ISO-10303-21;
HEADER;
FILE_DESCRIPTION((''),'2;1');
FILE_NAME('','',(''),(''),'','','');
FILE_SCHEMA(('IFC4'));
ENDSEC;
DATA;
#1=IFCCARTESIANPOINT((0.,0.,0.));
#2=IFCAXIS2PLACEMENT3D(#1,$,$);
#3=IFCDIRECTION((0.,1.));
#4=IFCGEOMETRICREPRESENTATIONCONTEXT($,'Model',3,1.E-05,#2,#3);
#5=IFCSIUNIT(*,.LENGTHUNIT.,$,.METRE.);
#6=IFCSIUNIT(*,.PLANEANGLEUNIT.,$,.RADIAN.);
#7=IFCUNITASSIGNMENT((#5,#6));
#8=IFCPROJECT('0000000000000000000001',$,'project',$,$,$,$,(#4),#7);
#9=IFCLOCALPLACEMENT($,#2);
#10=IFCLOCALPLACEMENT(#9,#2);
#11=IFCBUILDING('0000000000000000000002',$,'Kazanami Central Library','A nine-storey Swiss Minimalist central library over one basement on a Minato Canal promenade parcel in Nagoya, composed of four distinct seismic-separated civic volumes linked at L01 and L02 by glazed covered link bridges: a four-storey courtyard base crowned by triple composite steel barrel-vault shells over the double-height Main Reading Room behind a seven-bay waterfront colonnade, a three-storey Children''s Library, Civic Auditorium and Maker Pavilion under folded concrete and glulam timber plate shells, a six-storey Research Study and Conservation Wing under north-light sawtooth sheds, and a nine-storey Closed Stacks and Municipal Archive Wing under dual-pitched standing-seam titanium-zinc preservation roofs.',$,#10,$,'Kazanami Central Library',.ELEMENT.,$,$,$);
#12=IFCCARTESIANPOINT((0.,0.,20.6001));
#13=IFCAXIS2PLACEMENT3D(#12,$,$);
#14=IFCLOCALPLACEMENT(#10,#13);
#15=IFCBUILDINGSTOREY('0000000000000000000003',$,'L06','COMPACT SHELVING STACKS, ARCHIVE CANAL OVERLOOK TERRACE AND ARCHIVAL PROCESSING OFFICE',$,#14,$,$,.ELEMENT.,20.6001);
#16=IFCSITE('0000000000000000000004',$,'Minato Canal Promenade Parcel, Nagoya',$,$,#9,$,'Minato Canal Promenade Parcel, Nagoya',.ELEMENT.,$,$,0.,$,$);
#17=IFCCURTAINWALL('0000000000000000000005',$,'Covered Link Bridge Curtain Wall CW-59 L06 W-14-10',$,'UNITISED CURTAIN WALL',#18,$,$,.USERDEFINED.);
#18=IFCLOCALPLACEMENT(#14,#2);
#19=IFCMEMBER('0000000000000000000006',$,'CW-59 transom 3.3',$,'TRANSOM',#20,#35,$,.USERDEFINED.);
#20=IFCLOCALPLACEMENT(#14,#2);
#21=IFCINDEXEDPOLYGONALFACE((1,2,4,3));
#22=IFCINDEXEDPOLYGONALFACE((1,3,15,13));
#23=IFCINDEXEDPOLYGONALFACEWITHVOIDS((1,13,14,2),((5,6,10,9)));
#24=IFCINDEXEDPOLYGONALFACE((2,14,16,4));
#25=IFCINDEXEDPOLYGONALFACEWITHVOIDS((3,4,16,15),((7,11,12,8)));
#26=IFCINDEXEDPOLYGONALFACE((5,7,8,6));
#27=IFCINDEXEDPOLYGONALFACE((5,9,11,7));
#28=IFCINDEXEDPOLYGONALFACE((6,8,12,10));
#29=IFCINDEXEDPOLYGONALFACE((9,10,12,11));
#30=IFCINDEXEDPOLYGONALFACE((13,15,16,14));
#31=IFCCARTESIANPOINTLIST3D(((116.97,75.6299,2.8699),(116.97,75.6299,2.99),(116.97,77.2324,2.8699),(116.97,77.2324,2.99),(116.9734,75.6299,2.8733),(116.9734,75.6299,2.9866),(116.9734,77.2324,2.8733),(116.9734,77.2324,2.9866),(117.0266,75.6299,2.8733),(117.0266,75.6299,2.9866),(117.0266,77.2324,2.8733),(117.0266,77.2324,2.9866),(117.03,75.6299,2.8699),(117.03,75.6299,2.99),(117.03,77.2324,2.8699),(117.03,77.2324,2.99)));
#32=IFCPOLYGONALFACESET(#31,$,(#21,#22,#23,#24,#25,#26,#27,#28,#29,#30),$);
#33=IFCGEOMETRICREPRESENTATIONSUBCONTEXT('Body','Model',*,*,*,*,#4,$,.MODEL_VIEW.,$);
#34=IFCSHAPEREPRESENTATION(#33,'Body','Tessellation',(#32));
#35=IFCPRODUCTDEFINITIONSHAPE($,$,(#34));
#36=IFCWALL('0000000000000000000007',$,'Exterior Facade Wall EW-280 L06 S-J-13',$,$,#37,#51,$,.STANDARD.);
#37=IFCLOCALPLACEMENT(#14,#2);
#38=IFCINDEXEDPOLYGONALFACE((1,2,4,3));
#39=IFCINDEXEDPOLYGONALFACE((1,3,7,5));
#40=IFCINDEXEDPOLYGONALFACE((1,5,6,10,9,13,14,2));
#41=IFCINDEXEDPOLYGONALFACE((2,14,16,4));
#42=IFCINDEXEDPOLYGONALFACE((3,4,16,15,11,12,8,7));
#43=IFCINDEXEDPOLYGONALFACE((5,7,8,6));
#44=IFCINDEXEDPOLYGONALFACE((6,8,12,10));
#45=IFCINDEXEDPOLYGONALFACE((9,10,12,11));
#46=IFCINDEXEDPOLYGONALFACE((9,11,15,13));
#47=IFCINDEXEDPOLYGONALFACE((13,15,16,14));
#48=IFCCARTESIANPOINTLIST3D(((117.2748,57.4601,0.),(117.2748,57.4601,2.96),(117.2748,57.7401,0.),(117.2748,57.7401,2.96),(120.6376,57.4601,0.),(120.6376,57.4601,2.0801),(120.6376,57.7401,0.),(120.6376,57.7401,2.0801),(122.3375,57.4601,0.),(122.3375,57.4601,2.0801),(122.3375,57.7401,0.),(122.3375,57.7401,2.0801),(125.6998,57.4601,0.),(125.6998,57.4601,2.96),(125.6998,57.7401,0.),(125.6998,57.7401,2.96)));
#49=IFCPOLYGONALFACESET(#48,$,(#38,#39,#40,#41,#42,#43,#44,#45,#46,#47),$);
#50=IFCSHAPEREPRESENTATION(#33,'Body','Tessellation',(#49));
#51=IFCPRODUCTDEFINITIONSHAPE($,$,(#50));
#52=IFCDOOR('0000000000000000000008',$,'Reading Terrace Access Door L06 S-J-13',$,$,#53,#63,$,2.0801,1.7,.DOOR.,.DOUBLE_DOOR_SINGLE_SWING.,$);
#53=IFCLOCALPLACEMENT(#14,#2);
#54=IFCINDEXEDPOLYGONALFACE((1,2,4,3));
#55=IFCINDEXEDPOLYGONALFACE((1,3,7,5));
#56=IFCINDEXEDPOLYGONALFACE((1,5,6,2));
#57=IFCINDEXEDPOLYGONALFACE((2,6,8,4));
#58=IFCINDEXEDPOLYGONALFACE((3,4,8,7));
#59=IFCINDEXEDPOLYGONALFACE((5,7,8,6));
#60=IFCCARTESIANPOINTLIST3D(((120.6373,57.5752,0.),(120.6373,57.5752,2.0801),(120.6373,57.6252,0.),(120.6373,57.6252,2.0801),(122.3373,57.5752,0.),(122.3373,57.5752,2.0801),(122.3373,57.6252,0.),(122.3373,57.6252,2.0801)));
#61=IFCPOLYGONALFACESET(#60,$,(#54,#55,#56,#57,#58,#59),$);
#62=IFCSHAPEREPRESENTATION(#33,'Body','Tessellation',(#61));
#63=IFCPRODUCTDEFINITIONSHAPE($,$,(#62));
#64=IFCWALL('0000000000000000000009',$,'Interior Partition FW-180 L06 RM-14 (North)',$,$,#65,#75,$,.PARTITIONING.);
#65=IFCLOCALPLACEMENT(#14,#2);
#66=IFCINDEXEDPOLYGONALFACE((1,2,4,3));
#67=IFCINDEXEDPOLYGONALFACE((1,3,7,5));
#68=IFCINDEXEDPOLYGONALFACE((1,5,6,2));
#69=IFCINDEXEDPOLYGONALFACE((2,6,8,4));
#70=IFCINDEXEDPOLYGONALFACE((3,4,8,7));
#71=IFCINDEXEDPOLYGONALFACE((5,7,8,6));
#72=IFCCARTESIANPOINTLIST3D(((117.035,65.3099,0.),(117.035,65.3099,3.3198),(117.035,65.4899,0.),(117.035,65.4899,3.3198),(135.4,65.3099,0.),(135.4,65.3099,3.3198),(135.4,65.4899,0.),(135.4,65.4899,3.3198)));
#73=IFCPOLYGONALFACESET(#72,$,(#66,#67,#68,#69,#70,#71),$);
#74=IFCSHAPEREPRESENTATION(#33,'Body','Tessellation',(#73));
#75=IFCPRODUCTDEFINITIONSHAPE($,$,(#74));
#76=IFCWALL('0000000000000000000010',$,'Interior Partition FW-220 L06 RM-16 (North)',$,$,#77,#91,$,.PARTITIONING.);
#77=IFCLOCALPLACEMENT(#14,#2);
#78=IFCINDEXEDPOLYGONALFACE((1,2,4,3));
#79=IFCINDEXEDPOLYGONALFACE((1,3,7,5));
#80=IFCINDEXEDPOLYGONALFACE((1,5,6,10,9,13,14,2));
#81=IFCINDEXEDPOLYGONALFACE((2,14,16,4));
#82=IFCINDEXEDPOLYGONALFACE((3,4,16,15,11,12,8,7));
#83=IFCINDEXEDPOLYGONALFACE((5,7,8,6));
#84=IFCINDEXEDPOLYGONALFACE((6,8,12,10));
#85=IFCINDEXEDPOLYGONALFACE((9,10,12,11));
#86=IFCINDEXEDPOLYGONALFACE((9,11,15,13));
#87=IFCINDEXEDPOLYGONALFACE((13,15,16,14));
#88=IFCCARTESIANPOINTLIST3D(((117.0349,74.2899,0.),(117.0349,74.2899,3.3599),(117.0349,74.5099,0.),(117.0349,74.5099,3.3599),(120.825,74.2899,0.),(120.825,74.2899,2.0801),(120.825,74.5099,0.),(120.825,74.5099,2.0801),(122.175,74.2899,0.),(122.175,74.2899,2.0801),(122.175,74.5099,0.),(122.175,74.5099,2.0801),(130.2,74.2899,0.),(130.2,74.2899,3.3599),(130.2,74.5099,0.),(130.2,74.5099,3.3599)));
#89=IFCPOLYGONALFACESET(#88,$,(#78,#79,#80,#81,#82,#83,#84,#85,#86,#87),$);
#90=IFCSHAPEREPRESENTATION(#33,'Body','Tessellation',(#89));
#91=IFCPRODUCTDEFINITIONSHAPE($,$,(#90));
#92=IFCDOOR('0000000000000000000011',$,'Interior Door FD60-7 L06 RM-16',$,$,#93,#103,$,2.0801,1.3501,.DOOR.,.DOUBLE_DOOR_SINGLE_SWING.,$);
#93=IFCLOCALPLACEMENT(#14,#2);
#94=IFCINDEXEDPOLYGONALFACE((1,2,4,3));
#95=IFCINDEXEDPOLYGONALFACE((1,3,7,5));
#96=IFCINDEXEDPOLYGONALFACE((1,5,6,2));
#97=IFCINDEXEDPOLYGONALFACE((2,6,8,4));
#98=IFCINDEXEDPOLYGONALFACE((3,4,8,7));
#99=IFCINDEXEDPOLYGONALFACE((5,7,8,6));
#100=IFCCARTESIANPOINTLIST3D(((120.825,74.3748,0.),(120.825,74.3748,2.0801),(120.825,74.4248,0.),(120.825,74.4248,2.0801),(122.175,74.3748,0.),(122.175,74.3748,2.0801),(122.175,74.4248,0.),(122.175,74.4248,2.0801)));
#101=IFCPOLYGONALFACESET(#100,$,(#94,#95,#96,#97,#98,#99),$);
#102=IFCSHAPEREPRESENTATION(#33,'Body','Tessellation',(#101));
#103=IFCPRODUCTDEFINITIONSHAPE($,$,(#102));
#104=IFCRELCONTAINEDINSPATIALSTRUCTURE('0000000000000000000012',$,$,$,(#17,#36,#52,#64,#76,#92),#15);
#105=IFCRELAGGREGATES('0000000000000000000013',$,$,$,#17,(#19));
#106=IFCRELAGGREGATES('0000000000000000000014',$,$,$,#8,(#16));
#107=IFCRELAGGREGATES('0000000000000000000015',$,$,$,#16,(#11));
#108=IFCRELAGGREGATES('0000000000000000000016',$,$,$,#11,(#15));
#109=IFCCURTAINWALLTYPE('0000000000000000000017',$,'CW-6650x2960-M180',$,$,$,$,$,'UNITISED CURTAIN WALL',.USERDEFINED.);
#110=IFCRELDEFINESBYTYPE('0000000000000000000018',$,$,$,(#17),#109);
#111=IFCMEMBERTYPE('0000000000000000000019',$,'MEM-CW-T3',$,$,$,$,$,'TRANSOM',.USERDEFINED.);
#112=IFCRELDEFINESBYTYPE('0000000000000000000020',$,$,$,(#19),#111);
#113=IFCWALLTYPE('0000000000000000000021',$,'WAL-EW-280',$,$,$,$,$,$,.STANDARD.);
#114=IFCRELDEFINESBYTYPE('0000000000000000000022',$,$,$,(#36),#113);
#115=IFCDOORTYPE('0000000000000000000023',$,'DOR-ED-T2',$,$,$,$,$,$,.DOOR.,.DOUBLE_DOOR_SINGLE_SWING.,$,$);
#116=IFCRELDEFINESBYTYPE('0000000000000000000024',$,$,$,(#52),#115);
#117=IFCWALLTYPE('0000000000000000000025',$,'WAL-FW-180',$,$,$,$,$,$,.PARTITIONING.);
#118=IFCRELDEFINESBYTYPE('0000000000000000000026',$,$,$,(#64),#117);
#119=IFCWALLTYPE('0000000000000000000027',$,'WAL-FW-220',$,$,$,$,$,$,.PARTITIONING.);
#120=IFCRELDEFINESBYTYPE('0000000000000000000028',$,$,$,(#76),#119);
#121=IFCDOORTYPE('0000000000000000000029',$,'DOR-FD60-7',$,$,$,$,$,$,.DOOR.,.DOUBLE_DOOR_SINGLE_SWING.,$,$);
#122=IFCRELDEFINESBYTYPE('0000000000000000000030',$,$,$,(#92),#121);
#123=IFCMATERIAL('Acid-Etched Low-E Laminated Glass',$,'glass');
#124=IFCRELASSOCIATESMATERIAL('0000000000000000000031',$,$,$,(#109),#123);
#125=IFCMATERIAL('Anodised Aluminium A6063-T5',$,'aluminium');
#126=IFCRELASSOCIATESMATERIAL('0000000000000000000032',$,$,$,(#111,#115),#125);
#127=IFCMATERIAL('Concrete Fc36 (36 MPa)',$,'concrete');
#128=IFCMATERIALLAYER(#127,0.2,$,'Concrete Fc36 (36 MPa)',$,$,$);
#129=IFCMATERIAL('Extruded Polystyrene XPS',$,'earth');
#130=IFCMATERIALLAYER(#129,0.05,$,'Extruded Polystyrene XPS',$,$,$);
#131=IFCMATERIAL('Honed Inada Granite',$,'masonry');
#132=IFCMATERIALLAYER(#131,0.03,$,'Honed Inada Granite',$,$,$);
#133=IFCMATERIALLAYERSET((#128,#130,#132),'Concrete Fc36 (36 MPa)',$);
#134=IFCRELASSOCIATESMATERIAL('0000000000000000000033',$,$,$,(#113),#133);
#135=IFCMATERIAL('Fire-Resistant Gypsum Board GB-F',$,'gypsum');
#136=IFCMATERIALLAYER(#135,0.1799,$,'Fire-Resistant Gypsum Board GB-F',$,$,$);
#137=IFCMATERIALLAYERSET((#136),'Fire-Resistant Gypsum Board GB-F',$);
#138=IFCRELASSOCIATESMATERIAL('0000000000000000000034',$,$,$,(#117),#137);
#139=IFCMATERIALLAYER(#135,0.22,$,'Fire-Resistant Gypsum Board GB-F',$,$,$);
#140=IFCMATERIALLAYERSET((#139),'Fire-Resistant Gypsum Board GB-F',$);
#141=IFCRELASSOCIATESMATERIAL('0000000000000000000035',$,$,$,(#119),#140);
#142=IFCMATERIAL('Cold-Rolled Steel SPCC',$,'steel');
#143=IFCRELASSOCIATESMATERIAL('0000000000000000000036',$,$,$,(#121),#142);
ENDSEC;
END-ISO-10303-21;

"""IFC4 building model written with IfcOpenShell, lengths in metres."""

from ifc_helpers import new_model, si_unit, direction, frame, frame_2d, origin, origin_2d, place, context, subcontext, project, spatial, rectangle, hollow_rectangle, extrude, material, layer, layer_set, material_profile, profile_set, type_object, element, fill, aggregate, save


model = new_model("IFC4")

# Units and contexts
model_context = context("Model", 3, precision=1e-05, world=origin(), true_north=direction((0.0, 1.0)))
body_context = subcontext(model_context, "Body", "Model", "MODEL_VIEW")
ifc_project = project(units=[si_unit("LENGTHUNIT", "METRE"), si_unit("PLANEANGLEUNIT", "RADIAN")], contexts=[model_context])

# Site, building, storey
site_placement = place(None, origin())
site = spatial("IfcSite", under=ifc_project, at=site_placement, Name="Minato Canal Promenade Parcel, Nagoya", LongName="Minato Canal Promenade Parcel, Nagoya", CompositionType="ELEMENT", RefElevation=0.0)
building_placement = place(site_placement, origin())
building = spatial("IfcBuilding", under=site, at=building_placement, Name="Kazanami Central Library", Description="A nine-storey Swiss Minimalist central library over one basement on a Minato Canal promenade parcel in Nagoya, composed of four distinct seismic-separated civic volumes linked at L01 and L02 by glazed covered link bridges: a four-storey courtyard base crowned by triple composite steel barrel-vault shells over the double-height Main Reading Room behind a seven-bay waterfront colonnade, a three-storey Children's Library, Civic Auditorium and Maker Pavilion under folded concrete and glulam timber plate shells, a six-storey Research Study and Conservation Wing under north-light sawtooth sheds, and a nine-storey Closed Stacks and Municipal Archive Wing under dual-pitched standing-seam titanium-zinc preservation roofs.", LongName="Kazanami Central Library", CompositionType="ELEMENT")
storey_placement = place(building_placement, frame((0.0, 0.0, 20.6001)))
storey = spatial("IfcBuildingStorey", under=building, at=storey_placement, Name="L06", Description="COMPACT SHELVING STACKS, ARCHIVE CANAL OVERLOOK TERRACE AND ARCHIVAL PROCESSING OFFICE", CompositionType="ELEMENT", Elevation=20.6001)

# Curtain wall, member
ifc_material_1 = material(Name="Acid-Etched Low-E Laminated Glass", Category="glass")
curtain_wall_type = type_object("IfcCurtainWallType", Name="CW-6650x2960-M180", ElementType="UNITISED CURTAIN WALL", PredefinedType="USERDEFINED", material=ifc_material_1)
curtain_wall_placement = place(storey_placement, origin())
curtain_wall = element("IfcCurtainWall", 1, at=curtain_wall_placement, inside=storey, type_object=curtain_wall_type, Name="Covered Link Bridge Curtain Wall CW-59 L06 W-14-10", ObjectType="UNITISED CURTAIN WALL", PredefinedType="USERDEFINED")
ifc_material_2 = material(Name="Anodised Aluminium A6063-T5", Category="aluminium")
ifc_material_profile_1 = material_profile(ifc_material_2, hollow_rectangle(XDim=0.0601, YDim=0.1201, WallThickness=0.0034, at=origin_2d()), Name="ALU-TRAN-60x120x3.5")
ifc_profile_set_1 = profile_set([ifc_material_profile_1], Name="Anodised Aluminium A6063-T5")
member_type = type_object("IfcMemberType", Name="MEM-CW-T3", ElementType="TRANSOM", PredefinedType="USERDEFINED", material=ifc_profile_set_1)
member_placement = place(storey_placement, frame((117.0, 75.6299, 2.9299), z_axis=(0.0, 1.0, 0.0), x_axis=(-1.0, 0.0, 0.0)))
member = element("IfcMember", 2, at=member_placement, type_object=member_type, Name="CW-59 transom 3.3", ObjectType="TRANSOM", PredefinedType="USERDEFINED", context=body_context, shape_type="SweptSolid", body=[
    extrude(hollow_rectangle(XDim=0.0601, YDim=0.1201, WallThickness=0.0034, at=origin_2d()), origin(), (0.0, 0.0, 1.0), 1.6025),
])
aggregate(curtain_wall, [member])

# Wall, opening, door
ifc_material_3 = material(Name="Concrete Fc36 (36 MPa)", Category="concrete")
ifc_layer_1 = layer(ifc_material_3, 0.2, Name="Concrete Fc36 (36 MPa)")
ifc_material_4 = material(Name="Extruded Polystyrene XPS", Category="earth")
ifc_layer_2 = layer(ifc_material_4, 0.05, Name="Extruded Polystyrene XPS")
ifc_material_5 = material(Name="Honed Inada Granite", Category="masonry")
ifc_layer_3 = layer(ifc_material_5, 0.03, Name="Honed Inada Granite")
ifc_layer_set_1 = layer_set([ifc_layer_1, ifc_layer_2, ifc_layer_3], Name="Concrete Fc36 (36 MPa)")
wall_type_1 = type_object("IfcWallType", Name="WAL-EW-280", PredefinedType="STANDARD", material=ifc_layer_set_1)
wall_1_placement = place(storey_placement, frame((117.2749, 57.6001, 0.0), z_axis=(0.0, 0.0, 1.0), x_axis=(1.0, 0.0, 0.0)))
wall_1 = element("IfcWall", 3, at=wall_1_placement, inside=storey, type_object=wall_type_1, Name="Exterior Facade Wall EW-280 L06 S-J-13", PredefinedType="STANDARD", context=body_context, shape_type="SweptSolid", body=[
    extrude(rectangle(XDim=8.425, YDim=0.28, at=frame_2d((4.2124, 0.0))), origin(), (0.0, 0.0, 1.0), 2.96),
])
opening_1_placement = place(wall_1_placement, frame((3.3625, 0.0, 0.0)))
opening_1 = element("IfcOpeningElement", 4, at=opening_1_placement, cuts=wall_1, PredefinedType="OPENING", context=body_context, shape_type="SweptSolid", body=[
    extrude(rectangle(XDim=1.7, YDim=2.0801, at=frame_2d((0.8501, 1.04))), frame((0.0, 0.1519, 0.0), z_axis=(0.0, -1.0, 0.0), x_axis=(1.0, 0.0, 0.0)), (0.0, 0.0, 1.0), 0.304),
])
door_type_1 = type_object("IfcDoorType", Name="DOR-ED-T2", OperationType="DOUBLE_DOOR_SINGLE_SWING", PredefinedType="DOOR", material=ifc_material_2)
door_1_placement = place(opening_1_placement, frame((1.7, 0.0, 0.0), z_axis=(0.0, 0.0, 1.0), x_axis=(-1.0, 0.0, 0.0)))
door_1 = element("IfcDoor", 5, at=door_1_placement, inside=storey, type_object=door_type_1, Name="Reading Terrace Access Door L06 S-J-13", OperationType="DOUBLE_DOOR_SINGLE_SWING", OverallHeight=2.0801, OverallWidth=1.7, PredefinedType="DOOR", context=body_context, shape_type="SweptSolid", body=[
    extrude(rectangle(XDim=1.7, YDim=2.0801, at=frame_2d((0.8501, 1.04))), frame((0.0, 0.0249, 0.0), z_axis=(0.0, -1.0, 0.0), x_axis=(1.0, 0.0, 0.0)), (0.0, 0.0, 1.0), 0.05),
])
fill(opening_1, door_1)

# Wall
ifc_material_6 = material(Name="Fire-Resistant Gypsum Board GB-F", Category="gypsum")
ifc_layer_4 = layer(ifc_material_6, 0.1799, Name="Fire-Resistant Gypsum Board GB-F")
ifc_layer_set_2 = layer_set([ifc_layer_4], Name="Fire-Resistant Gypsum Board GB-F")
wall_type_2 = type_object("IfcWallType", Name="WAL-FW-180", PredefinedType="PARTITIONING", material=ifc_layer_set_2)
wall_2_placement = place(storey_placement, frame((117.0349, 65.3999, 0.0), z_axis=(0.0, 0.0, 1.0), x_axis=(1.0, 0.0, 0.0)))
element("IfcWall", 6, at=wall_2_placement, inside=storey, type_object=wall_type_2, Name="Interior Partition FW-180 L06 RM-14 (North)", PredefinedType="PARTITIONING", context=body_context, shape_type="SweptSolid", body=[
    extrude(rectangle(XDim=18.365, YDim=0.1799, at=frame_2d((9.1826, 0.0))), origin(), (0.0, 0.0, 1.0), 3.3198),
])

# Wall, opening, door
ifc_layer_5 = layer(ifc_material_6, 0.22, Name="Fire-Resistant Gypsum Board GB-F")
ifc_layer_set_3 = layer_set([ifc_layer_5], Name="Fire-Resistant Gypsum Board GB-F")
wall_type_3 = type_object("IfcWallType", Name="WAL-FW-220", PredefinedType="PARTITIONING", material=ifc_layer_set_3)
wall_3_placement = place(storey_placement, frame((117.0349, 74.3999, 0.0), z_axis=(0.0, 0.0, 1.0), x_axis=(1.0, 0.0, 0.0)))
wall_3 = element("IfcWall", 7, at=wall_3_placement, inside=storey, type_object=wall_type_3, Name="Interior Partition FW-220 L06 RM-16 (North)", PredefinedType="PARTITIONING", context=body_context, shape_type="SweptSolid", body=[
    extrude(rectangle(XDim=13.165, YDim=0.22, at=frame_2d((6.5825, 0.0))), origin(), (0.0, 0.0, 1.0), 3.3599),
])
opening_2_placement = place(wall_3_placement, frame((3.79, 0.0, 0.0)))
opening_2 = element("IfcOpeningElement", 8, at=opening_2_placement, cuts=wall_3, PredefinedType="OPENING", context=body_context, shape_type="SweptSolid", body=[
    extrude(rectangle(XDim=1.3501, YDim=2.0801, at=frame_2d((0.675, 1.04))), frame((0.0, 0.1221, 0.0), z_axis=(0.0, -1.0, 0.0), x_axis=(1.0, 0.0, 0.0)), (0.0, 0.0, 1.0), 0.2439),
])
ifc_material_7 = material(Name="Cold-Rolled Steel SPCC", Category="steel")
door_type_2 = type_object("IfcDoorType", Name="DOR-FD60-7", OperationType="DOUBLE_DOOR_SINGLE_SWING", PredefinedType="DOOR", material=ifc_material_7)
door_2_placement = place(opening_2_placement, origin())
door_2 = element("IfcDoor", 9, at=door_2_placement, inside=storey, type_object=door_type_2, Name="Interior Door FD60-7 L06 RM-16", OperationType="DOUBLE_DOOR_SINGLE_SWING", OverallHeight=2.0801, OverallWidth=1.3501, PredefinedType="DOOR", context=body_context, shape_type="SweptSolid", body=[
    extrude(rectangle(XDim=1.3501, YDim=2.0801, at=frame_2d((0.675, 1.04))), frame((0.0, 0.0249, 0.0), z_axis=(0.0, -1.0, 0.0), x_axis=(1.0, 0.0, 0.0)), (0.0, 0.0, 1.0), 0.05),
])
fill(opening_2, door_2)

save(model, "model.ifc")
